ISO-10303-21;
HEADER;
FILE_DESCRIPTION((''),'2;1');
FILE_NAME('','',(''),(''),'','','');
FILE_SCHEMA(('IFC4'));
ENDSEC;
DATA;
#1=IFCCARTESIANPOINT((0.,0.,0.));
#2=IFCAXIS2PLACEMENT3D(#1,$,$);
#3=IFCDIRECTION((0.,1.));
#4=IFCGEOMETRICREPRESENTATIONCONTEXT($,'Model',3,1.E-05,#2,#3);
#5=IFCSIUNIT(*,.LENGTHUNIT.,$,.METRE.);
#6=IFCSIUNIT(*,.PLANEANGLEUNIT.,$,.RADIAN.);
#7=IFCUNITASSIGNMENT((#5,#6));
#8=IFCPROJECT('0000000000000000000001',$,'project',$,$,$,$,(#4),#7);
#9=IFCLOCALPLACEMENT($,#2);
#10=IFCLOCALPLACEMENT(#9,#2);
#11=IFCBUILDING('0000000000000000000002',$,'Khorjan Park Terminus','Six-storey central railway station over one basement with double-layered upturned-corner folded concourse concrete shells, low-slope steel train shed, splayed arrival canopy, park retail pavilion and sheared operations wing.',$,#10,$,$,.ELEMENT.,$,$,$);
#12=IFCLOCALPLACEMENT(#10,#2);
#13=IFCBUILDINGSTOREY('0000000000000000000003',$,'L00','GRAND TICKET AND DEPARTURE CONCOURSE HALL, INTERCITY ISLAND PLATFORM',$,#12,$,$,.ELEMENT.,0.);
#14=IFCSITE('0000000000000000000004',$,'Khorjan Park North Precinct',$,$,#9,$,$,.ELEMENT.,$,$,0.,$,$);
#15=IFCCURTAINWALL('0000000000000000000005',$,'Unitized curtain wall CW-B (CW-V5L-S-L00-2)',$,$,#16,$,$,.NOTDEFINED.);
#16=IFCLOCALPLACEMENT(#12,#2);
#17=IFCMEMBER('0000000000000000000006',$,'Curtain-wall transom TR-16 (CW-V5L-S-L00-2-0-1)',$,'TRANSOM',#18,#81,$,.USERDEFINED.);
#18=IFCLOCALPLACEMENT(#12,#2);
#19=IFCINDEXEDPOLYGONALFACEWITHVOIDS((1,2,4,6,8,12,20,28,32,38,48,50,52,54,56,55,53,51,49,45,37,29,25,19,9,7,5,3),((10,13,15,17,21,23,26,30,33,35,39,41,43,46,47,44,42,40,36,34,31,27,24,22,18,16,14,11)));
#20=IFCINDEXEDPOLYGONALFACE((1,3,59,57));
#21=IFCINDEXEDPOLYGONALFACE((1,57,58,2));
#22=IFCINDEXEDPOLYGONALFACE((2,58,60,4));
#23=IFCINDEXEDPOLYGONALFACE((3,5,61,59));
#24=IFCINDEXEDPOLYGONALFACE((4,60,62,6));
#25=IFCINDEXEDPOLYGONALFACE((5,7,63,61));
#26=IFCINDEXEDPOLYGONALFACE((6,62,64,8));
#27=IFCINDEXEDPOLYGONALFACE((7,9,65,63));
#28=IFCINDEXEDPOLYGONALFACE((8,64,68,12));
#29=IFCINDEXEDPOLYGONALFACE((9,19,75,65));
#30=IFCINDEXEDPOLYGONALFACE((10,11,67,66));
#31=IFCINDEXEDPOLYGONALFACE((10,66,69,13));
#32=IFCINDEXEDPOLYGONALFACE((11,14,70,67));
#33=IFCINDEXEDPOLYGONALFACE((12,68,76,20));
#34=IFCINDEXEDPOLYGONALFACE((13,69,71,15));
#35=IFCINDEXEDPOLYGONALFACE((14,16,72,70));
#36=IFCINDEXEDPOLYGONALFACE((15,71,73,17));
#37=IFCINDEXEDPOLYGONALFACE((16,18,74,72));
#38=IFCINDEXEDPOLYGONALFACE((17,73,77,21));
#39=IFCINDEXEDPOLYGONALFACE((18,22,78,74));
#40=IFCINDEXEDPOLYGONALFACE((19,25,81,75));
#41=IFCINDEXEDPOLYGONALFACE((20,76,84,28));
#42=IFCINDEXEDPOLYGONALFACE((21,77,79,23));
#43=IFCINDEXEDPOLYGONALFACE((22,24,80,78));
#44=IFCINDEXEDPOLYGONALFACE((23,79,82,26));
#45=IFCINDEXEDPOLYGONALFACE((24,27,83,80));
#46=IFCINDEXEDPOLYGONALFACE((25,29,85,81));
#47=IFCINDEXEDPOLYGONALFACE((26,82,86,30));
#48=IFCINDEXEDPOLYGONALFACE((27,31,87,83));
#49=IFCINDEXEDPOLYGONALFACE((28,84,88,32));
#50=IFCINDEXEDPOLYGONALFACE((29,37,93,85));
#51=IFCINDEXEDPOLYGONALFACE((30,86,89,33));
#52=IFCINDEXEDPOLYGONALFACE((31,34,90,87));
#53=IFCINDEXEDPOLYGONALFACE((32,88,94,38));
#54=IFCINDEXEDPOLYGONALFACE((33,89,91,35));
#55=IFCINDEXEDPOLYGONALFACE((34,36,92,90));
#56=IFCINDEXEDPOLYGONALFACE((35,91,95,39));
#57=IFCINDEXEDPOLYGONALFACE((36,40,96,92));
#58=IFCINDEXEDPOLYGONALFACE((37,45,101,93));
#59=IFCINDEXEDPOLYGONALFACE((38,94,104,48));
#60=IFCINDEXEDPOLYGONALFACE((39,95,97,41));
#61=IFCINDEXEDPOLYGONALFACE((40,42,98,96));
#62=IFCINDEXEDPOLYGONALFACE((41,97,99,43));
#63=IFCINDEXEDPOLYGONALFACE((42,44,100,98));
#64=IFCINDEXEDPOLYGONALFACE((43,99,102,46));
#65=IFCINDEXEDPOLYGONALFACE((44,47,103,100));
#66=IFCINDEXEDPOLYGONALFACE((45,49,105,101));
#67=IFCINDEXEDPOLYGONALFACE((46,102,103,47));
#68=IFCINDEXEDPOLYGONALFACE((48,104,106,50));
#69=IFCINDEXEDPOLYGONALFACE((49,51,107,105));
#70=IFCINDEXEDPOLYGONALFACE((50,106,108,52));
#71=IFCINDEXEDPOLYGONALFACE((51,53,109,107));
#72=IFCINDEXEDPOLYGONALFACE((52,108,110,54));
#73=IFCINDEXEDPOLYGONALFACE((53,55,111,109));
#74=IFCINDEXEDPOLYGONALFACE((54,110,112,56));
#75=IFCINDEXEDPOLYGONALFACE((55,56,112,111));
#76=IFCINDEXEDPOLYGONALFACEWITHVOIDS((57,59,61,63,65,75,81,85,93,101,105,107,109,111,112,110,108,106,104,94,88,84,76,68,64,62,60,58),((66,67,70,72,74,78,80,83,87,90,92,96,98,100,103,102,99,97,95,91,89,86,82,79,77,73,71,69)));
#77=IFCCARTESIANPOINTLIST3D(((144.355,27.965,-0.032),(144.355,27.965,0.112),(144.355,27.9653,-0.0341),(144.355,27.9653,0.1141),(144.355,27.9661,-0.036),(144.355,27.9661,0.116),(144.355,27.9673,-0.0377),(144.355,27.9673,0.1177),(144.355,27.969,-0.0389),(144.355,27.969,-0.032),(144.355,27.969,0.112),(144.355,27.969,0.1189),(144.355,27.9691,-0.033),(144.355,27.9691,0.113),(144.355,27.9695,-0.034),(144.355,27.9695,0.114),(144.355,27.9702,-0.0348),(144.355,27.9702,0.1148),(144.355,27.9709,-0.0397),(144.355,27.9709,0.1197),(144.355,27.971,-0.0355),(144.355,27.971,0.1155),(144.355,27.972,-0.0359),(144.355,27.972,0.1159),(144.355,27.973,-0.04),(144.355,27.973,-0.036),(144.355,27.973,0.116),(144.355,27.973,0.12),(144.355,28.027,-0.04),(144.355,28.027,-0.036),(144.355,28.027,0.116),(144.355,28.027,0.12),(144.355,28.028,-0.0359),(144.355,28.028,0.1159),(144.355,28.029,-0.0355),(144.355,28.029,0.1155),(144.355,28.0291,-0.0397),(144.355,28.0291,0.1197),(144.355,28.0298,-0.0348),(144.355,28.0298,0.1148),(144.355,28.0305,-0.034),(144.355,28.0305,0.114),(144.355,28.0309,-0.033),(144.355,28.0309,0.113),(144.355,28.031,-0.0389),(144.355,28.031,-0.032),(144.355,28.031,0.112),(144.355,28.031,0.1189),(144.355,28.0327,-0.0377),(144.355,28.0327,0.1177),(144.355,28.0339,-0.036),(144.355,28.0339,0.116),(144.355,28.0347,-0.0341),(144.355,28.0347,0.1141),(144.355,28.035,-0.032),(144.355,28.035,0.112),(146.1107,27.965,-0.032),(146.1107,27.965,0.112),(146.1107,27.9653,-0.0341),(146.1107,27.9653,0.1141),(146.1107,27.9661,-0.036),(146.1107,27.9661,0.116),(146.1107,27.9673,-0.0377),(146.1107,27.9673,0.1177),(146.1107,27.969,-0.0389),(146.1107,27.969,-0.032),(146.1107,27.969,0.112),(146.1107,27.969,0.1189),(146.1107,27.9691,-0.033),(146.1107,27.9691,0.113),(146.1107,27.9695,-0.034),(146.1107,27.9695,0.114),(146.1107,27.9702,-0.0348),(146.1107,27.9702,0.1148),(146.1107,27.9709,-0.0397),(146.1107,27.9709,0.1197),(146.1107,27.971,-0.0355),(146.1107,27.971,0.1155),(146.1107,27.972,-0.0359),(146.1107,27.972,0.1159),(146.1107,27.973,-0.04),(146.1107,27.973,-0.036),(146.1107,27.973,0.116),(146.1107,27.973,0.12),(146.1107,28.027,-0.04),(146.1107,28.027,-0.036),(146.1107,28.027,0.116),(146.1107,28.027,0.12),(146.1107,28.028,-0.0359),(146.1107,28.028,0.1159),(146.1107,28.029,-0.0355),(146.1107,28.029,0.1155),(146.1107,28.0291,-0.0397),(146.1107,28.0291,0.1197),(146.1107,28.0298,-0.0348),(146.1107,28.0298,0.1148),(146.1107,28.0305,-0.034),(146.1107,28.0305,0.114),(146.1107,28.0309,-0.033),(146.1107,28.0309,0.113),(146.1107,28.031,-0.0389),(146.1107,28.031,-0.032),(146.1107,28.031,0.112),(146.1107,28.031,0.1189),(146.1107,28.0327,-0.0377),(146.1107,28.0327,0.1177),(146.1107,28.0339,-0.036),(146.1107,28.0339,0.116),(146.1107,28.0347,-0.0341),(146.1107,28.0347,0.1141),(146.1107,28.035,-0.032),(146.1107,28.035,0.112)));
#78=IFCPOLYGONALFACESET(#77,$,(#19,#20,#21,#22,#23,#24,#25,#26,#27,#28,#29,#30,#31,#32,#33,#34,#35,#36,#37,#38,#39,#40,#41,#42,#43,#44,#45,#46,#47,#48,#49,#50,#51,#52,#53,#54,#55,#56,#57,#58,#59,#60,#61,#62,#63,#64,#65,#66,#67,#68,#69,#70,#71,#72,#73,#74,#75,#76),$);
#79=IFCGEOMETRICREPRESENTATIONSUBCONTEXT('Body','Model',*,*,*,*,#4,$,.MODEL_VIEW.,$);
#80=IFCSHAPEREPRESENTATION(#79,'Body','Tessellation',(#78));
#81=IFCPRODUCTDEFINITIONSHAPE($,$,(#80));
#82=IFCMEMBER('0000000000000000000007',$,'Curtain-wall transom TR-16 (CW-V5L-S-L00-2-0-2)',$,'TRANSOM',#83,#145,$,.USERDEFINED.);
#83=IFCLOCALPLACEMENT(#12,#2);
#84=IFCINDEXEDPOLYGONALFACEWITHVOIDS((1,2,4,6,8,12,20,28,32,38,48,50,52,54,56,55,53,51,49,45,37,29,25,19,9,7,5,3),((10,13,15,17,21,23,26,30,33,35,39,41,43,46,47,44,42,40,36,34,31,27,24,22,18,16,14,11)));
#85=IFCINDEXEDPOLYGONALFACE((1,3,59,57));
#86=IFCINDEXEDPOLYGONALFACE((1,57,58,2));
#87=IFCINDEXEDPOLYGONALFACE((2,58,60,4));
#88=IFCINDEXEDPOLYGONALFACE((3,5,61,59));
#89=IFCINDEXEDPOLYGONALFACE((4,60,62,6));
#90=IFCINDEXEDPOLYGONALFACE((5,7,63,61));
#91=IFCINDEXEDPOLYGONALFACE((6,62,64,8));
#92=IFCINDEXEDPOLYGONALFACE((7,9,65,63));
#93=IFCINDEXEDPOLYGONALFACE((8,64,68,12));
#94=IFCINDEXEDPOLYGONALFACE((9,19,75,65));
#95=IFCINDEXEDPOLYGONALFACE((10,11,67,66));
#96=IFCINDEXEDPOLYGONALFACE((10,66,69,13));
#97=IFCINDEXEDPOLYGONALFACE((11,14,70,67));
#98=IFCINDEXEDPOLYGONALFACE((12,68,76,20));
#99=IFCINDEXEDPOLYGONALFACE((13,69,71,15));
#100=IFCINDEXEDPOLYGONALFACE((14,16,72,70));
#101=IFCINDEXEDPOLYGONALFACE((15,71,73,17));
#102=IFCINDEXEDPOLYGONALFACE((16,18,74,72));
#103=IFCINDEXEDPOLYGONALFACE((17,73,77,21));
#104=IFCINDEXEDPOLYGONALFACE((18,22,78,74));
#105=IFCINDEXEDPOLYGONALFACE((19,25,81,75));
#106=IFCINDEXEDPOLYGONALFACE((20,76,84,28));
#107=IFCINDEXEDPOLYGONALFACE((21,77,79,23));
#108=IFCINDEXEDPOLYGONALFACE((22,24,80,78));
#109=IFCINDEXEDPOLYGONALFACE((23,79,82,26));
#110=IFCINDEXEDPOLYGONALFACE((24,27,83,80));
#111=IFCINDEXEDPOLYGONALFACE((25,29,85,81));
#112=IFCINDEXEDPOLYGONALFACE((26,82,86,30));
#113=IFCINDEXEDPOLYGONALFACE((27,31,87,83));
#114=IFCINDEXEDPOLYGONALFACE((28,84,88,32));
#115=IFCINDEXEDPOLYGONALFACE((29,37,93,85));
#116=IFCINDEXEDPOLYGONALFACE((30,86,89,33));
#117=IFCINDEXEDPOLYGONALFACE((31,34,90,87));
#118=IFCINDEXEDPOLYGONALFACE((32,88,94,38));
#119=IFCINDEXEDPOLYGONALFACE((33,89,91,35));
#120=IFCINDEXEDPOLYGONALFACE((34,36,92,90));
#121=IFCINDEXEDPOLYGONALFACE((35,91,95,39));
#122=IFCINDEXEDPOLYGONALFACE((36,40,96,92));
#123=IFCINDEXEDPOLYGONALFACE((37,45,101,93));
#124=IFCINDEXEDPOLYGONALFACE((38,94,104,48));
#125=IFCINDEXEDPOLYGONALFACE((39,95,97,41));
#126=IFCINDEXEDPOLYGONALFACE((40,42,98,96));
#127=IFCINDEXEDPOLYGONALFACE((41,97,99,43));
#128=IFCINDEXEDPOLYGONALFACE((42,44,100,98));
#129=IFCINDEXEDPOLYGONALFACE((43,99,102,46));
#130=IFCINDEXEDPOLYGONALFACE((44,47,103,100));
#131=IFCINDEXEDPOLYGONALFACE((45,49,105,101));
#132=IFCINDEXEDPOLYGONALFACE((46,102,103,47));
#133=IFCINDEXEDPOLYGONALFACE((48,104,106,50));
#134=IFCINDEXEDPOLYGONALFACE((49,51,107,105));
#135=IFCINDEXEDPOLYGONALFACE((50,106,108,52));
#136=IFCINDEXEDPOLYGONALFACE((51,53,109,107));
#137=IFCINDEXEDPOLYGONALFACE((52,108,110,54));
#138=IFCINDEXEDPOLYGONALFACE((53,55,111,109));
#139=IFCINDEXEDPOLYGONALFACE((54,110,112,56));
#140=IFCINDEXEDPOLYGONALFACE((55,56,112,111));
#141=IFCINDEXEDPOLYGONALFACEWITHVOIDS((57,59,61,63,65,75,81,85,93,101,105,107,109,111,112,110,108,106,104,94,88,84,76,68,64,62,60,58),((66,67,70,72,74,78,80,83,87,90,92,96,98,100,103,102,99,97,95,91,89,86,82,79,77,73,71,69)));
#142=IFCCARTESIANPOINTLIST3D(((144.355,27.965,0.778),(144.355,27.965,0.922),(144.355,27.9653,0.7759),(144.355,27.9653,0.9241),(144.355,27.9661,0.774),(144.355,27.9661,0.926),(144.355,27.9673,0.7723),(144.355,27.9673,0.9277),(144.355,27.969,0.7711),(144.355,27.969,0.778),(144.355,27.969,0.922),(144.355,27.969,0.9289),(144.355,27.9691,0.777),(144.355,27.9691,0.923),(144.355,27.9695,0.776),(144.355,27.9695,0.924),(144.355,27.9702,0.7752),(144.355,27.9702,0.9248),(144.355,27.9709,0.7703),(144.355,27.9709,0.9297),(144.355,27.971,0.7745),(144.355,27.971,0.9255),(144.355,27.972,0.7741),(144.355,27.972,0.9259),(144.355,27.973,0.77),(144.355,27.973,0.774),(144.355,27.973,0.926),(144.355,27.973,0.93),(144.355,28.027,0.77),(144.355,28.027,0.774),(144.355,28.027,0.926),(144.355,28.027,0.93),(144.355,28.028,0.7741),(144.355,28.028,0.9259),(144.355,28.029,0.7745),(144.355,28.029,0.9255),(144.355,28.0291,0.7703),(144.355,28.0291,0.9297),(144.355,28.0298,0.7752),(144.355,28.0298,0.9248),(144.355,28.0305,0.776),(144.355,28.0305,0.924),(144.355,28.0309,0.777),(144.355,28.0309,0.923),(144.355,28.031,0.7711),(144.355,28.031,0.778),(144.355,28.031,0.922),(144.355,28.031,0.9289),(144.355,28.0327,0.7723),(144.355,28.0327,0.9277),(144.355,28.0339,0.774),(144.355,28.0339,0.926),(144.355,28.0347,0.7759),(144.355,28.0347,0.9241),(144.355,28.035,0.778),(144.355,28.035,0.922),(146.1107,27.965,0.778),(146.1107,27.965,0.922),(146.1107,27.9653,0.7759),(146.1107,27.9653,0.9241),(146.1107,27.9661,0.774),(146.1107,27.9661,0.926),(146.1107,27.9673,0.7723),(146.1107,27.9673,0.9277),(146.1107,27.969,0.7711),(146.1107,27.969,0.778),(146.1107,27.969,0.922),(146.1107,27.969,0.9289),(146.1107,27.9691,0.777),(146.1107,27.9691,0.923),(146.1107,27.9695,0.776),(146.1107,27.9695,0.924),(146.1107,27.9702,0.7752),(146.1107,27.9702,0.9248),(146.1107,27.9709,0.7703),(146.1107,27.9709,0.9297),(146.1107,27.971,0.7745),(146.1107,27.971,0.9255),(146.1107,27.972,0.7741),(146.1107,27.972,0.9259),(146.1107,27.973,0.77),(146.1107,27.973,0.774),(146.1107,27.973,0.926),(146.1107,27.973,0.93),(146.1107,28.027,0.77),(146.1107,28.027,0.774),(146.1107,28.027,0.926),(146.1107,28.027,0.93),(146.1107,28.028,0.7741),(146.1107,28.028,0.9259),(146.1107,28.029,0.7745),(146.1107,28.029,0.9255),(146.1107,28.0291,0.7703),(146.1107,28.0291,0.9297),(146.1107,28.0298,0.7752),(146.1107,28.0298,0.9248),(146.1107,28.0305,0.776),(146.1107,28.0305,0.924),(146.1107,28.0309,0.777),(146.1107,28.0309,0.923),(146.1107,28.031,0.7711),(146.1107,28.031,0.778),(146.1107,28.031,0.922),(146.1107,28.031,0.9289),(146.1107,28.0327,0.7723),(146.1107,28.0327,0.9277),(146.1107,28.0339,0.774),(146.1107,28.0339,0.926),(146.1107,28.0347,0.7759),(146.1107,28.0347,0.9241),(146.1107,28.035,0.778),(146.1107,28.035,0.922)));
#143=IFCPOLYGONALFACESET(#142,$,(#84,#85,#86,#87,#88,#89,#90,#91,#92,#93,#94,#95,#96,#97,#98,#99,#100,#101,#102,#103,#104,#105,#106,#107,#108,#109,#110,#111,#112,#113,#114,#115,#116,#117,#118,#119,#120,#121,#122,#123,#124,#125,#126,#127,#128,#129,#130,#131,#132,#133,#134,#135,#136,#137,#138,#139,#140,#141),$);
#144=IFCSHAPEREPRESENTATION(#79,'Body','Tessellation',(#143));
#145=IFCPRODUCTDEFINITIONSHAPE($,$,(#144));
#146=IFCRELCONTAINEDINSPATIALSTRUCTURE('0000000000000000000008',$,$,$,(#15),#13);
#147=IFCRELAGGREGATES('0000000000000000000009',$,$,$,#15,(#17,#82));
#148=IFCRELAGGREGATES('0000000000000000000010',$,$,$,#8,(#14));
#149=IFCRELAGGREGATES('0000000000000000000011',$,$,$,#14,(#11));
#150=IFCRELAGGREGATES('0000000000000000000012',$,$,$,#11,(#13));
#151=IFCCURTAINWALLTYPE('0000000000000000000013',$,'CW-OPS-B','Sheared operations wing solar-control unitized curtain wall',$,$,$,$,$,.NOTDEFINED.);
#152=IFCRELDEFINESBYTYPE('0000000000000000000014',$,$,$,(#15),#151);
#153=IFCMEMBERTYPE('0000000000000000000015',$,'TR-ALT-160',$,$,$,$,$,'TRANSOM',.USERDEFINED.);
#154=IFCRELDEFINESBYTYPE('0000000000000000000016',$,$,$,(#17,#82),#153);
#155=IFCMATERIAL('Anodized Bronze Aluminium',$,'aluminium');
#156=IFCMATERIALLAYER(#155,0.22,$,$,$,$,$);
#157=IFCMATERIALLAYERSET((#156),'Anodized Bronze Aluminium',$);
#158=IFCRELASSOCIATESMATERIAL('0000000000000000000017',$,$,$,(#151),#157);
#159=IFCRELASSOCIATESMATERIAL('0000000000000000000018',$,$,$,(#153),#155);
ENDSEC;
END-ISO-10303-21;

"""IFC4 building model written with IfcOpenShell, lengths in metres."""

from ifc_helpers import new_model, si_unit, direction, frame, origin, origin_2d, place, context, subcontext, project, spatial, hollow_rectangle, extrude, material, layer, layer_set, material_profile, profile_set, type_object, element, aggregate, save


model = new_model("IFC4")

# Units and contexts
model_context = context("Model", 3, precision=1e-05, world=origin(), true_north=direction((0.0, 1.0)))
body_context = subcontext(model_context, "Body", "Model", "MODEL_VIEW")
ifc_project = project(units=[si_unit("LENGTHUNIT", "METRE"), si_unit("PLANEANGLEUNIT", "RADIAN")], contexts=[model_context])

# Site, building, storey
site_placement = place(None, origin())
site = spatial("IfcSite", under=ifc_project, at=site_placement, Name="Khorjan Park North Precinct", CompositionType="ELEMENT", RefElevation=0.0)
building_placement = place(site_placement, origin())
building = spatial("IfcBuilding", under=site, at=building_placement, Name="Khorjan Park Terminus", Description="Six-storey central railway station over one basement with double-layered upturned-corner folded concourse concrete shells, low-slope steel train shed, splayed arrival canopy, park retail pavilion and sheared operations wing.", CompositionType="ELEMENT")
storey_placement = place(building_placement, origin())
storey = spatial("IfcBuildingStorey", under=building, at=storey_placement, Name="L00", Description="GRAND TICKET AND DEPARTURE CONCOURSE HALL, INTERCITY ISLAND PLATFORM", CompositionType="ELEMENT", Elevation=0.0)

# Shared definitions
ifc_material_1 = material(Name="Anodized Bronze Aluminium", Category="aluminium")
ifc_layer_1 = layer(ifc_material_1, 0.22)
ifc_layer_set_1 = layer_set([ifc_layer_1], Name="Anodized Bronze Aluminium")
curtain_wall_type = type_object("IfcCurtainWallType", Name="CW-OPS-B", Description="Sheared operations wing solar-control unitized curtain wall", PredefinedType="NOTDEFINED", material=ifc_layer_set_1)

# Curtain wall, members
curtain_wall_1_placement = place(storey_placement, origin())
curtain_wall_1 = element("IfcCurtainWall", 1, at=curtain_wall_1_placement, inside=storey, type_object=curtain_wall_type, Name="Unitized curtain wall CW-B (CW-V5L-S-L00-2)", PredefinedType="NOTDEFINED")
ifc_material_profile_1 = material_profile(ifc_material_1, hollow_rectangle(XDim=0.07, YDim=0.16, WallThickness=0.004, InnerFilletRadius=0.004, OuterFilletRadius=0.008, at=origin_2d()), Name="ALT 70x160x4")
ifc_profile_set_1 = profile_set([ifc_material_profile_1], Name="Anodized Bronze Aluminium")
member_type_1 = type_object("IfcMemberType", Name="TR-ALT-160", ElementType="TRANSOM", PredefinedType="USERDEFINED", material=ifc_profile_set_1)
member_1_placement = place(storey_placement, frame((144.355, 28.0, 0.04), z_axis=(1.0, 0.0, 0.0), x_axis=(0.0, 1.0, 0.0)))
member_1 = element("IfcMember", 2, at=member_1_placement, type_object=member_type_1, Name="Curtain-wall transom TR-16 (CW-V5L-S-L00-2-0-1)", ObjectType="TRANSOM", PredefinedType="USERDEFINED", context=body_context, shape_type="SweptSolid", body=[
    extrude(hollow_rectangle(XDim=0.07, YDim=0.16, WallThickness=0.004, InnerFilletRadius=0.004, OuterFilletRadius=0.008, at=origin_2d()), origin(), (0.0, 0.0, 1.0), 1.7557),
])
member_2_placement = place(storey_placement, frame((144.355, 28.0, 0.85), z_axis=(1.0, 0.0, 0.0), x_axis=(0.0, 1.0, 0.0)))
member_2 = element("IfcMember", 3, at=member_2_placement, type_object=member_type_1, Name="Curtain-wall transom TR-16 (CW-V5L-S-L00-2-0-2)", ObjectType="TRANSOM", PredefinedType="USERDEFINED", context=body_context, shape_type="SweptSolid", body=[
    extrude(hollow_rectangle(XDim=0.07, YDim=0.16, WallThickness=0.004, InnerFilletRadius=0.004, OuterFilletRadius=0.008, at=origin_2d()), origin(), (0.0, 0.0, 1.0), 1.7557),
])

aggregate(curtain_wall_1, [member_1, member_2])

save(model, "model.ifc")
